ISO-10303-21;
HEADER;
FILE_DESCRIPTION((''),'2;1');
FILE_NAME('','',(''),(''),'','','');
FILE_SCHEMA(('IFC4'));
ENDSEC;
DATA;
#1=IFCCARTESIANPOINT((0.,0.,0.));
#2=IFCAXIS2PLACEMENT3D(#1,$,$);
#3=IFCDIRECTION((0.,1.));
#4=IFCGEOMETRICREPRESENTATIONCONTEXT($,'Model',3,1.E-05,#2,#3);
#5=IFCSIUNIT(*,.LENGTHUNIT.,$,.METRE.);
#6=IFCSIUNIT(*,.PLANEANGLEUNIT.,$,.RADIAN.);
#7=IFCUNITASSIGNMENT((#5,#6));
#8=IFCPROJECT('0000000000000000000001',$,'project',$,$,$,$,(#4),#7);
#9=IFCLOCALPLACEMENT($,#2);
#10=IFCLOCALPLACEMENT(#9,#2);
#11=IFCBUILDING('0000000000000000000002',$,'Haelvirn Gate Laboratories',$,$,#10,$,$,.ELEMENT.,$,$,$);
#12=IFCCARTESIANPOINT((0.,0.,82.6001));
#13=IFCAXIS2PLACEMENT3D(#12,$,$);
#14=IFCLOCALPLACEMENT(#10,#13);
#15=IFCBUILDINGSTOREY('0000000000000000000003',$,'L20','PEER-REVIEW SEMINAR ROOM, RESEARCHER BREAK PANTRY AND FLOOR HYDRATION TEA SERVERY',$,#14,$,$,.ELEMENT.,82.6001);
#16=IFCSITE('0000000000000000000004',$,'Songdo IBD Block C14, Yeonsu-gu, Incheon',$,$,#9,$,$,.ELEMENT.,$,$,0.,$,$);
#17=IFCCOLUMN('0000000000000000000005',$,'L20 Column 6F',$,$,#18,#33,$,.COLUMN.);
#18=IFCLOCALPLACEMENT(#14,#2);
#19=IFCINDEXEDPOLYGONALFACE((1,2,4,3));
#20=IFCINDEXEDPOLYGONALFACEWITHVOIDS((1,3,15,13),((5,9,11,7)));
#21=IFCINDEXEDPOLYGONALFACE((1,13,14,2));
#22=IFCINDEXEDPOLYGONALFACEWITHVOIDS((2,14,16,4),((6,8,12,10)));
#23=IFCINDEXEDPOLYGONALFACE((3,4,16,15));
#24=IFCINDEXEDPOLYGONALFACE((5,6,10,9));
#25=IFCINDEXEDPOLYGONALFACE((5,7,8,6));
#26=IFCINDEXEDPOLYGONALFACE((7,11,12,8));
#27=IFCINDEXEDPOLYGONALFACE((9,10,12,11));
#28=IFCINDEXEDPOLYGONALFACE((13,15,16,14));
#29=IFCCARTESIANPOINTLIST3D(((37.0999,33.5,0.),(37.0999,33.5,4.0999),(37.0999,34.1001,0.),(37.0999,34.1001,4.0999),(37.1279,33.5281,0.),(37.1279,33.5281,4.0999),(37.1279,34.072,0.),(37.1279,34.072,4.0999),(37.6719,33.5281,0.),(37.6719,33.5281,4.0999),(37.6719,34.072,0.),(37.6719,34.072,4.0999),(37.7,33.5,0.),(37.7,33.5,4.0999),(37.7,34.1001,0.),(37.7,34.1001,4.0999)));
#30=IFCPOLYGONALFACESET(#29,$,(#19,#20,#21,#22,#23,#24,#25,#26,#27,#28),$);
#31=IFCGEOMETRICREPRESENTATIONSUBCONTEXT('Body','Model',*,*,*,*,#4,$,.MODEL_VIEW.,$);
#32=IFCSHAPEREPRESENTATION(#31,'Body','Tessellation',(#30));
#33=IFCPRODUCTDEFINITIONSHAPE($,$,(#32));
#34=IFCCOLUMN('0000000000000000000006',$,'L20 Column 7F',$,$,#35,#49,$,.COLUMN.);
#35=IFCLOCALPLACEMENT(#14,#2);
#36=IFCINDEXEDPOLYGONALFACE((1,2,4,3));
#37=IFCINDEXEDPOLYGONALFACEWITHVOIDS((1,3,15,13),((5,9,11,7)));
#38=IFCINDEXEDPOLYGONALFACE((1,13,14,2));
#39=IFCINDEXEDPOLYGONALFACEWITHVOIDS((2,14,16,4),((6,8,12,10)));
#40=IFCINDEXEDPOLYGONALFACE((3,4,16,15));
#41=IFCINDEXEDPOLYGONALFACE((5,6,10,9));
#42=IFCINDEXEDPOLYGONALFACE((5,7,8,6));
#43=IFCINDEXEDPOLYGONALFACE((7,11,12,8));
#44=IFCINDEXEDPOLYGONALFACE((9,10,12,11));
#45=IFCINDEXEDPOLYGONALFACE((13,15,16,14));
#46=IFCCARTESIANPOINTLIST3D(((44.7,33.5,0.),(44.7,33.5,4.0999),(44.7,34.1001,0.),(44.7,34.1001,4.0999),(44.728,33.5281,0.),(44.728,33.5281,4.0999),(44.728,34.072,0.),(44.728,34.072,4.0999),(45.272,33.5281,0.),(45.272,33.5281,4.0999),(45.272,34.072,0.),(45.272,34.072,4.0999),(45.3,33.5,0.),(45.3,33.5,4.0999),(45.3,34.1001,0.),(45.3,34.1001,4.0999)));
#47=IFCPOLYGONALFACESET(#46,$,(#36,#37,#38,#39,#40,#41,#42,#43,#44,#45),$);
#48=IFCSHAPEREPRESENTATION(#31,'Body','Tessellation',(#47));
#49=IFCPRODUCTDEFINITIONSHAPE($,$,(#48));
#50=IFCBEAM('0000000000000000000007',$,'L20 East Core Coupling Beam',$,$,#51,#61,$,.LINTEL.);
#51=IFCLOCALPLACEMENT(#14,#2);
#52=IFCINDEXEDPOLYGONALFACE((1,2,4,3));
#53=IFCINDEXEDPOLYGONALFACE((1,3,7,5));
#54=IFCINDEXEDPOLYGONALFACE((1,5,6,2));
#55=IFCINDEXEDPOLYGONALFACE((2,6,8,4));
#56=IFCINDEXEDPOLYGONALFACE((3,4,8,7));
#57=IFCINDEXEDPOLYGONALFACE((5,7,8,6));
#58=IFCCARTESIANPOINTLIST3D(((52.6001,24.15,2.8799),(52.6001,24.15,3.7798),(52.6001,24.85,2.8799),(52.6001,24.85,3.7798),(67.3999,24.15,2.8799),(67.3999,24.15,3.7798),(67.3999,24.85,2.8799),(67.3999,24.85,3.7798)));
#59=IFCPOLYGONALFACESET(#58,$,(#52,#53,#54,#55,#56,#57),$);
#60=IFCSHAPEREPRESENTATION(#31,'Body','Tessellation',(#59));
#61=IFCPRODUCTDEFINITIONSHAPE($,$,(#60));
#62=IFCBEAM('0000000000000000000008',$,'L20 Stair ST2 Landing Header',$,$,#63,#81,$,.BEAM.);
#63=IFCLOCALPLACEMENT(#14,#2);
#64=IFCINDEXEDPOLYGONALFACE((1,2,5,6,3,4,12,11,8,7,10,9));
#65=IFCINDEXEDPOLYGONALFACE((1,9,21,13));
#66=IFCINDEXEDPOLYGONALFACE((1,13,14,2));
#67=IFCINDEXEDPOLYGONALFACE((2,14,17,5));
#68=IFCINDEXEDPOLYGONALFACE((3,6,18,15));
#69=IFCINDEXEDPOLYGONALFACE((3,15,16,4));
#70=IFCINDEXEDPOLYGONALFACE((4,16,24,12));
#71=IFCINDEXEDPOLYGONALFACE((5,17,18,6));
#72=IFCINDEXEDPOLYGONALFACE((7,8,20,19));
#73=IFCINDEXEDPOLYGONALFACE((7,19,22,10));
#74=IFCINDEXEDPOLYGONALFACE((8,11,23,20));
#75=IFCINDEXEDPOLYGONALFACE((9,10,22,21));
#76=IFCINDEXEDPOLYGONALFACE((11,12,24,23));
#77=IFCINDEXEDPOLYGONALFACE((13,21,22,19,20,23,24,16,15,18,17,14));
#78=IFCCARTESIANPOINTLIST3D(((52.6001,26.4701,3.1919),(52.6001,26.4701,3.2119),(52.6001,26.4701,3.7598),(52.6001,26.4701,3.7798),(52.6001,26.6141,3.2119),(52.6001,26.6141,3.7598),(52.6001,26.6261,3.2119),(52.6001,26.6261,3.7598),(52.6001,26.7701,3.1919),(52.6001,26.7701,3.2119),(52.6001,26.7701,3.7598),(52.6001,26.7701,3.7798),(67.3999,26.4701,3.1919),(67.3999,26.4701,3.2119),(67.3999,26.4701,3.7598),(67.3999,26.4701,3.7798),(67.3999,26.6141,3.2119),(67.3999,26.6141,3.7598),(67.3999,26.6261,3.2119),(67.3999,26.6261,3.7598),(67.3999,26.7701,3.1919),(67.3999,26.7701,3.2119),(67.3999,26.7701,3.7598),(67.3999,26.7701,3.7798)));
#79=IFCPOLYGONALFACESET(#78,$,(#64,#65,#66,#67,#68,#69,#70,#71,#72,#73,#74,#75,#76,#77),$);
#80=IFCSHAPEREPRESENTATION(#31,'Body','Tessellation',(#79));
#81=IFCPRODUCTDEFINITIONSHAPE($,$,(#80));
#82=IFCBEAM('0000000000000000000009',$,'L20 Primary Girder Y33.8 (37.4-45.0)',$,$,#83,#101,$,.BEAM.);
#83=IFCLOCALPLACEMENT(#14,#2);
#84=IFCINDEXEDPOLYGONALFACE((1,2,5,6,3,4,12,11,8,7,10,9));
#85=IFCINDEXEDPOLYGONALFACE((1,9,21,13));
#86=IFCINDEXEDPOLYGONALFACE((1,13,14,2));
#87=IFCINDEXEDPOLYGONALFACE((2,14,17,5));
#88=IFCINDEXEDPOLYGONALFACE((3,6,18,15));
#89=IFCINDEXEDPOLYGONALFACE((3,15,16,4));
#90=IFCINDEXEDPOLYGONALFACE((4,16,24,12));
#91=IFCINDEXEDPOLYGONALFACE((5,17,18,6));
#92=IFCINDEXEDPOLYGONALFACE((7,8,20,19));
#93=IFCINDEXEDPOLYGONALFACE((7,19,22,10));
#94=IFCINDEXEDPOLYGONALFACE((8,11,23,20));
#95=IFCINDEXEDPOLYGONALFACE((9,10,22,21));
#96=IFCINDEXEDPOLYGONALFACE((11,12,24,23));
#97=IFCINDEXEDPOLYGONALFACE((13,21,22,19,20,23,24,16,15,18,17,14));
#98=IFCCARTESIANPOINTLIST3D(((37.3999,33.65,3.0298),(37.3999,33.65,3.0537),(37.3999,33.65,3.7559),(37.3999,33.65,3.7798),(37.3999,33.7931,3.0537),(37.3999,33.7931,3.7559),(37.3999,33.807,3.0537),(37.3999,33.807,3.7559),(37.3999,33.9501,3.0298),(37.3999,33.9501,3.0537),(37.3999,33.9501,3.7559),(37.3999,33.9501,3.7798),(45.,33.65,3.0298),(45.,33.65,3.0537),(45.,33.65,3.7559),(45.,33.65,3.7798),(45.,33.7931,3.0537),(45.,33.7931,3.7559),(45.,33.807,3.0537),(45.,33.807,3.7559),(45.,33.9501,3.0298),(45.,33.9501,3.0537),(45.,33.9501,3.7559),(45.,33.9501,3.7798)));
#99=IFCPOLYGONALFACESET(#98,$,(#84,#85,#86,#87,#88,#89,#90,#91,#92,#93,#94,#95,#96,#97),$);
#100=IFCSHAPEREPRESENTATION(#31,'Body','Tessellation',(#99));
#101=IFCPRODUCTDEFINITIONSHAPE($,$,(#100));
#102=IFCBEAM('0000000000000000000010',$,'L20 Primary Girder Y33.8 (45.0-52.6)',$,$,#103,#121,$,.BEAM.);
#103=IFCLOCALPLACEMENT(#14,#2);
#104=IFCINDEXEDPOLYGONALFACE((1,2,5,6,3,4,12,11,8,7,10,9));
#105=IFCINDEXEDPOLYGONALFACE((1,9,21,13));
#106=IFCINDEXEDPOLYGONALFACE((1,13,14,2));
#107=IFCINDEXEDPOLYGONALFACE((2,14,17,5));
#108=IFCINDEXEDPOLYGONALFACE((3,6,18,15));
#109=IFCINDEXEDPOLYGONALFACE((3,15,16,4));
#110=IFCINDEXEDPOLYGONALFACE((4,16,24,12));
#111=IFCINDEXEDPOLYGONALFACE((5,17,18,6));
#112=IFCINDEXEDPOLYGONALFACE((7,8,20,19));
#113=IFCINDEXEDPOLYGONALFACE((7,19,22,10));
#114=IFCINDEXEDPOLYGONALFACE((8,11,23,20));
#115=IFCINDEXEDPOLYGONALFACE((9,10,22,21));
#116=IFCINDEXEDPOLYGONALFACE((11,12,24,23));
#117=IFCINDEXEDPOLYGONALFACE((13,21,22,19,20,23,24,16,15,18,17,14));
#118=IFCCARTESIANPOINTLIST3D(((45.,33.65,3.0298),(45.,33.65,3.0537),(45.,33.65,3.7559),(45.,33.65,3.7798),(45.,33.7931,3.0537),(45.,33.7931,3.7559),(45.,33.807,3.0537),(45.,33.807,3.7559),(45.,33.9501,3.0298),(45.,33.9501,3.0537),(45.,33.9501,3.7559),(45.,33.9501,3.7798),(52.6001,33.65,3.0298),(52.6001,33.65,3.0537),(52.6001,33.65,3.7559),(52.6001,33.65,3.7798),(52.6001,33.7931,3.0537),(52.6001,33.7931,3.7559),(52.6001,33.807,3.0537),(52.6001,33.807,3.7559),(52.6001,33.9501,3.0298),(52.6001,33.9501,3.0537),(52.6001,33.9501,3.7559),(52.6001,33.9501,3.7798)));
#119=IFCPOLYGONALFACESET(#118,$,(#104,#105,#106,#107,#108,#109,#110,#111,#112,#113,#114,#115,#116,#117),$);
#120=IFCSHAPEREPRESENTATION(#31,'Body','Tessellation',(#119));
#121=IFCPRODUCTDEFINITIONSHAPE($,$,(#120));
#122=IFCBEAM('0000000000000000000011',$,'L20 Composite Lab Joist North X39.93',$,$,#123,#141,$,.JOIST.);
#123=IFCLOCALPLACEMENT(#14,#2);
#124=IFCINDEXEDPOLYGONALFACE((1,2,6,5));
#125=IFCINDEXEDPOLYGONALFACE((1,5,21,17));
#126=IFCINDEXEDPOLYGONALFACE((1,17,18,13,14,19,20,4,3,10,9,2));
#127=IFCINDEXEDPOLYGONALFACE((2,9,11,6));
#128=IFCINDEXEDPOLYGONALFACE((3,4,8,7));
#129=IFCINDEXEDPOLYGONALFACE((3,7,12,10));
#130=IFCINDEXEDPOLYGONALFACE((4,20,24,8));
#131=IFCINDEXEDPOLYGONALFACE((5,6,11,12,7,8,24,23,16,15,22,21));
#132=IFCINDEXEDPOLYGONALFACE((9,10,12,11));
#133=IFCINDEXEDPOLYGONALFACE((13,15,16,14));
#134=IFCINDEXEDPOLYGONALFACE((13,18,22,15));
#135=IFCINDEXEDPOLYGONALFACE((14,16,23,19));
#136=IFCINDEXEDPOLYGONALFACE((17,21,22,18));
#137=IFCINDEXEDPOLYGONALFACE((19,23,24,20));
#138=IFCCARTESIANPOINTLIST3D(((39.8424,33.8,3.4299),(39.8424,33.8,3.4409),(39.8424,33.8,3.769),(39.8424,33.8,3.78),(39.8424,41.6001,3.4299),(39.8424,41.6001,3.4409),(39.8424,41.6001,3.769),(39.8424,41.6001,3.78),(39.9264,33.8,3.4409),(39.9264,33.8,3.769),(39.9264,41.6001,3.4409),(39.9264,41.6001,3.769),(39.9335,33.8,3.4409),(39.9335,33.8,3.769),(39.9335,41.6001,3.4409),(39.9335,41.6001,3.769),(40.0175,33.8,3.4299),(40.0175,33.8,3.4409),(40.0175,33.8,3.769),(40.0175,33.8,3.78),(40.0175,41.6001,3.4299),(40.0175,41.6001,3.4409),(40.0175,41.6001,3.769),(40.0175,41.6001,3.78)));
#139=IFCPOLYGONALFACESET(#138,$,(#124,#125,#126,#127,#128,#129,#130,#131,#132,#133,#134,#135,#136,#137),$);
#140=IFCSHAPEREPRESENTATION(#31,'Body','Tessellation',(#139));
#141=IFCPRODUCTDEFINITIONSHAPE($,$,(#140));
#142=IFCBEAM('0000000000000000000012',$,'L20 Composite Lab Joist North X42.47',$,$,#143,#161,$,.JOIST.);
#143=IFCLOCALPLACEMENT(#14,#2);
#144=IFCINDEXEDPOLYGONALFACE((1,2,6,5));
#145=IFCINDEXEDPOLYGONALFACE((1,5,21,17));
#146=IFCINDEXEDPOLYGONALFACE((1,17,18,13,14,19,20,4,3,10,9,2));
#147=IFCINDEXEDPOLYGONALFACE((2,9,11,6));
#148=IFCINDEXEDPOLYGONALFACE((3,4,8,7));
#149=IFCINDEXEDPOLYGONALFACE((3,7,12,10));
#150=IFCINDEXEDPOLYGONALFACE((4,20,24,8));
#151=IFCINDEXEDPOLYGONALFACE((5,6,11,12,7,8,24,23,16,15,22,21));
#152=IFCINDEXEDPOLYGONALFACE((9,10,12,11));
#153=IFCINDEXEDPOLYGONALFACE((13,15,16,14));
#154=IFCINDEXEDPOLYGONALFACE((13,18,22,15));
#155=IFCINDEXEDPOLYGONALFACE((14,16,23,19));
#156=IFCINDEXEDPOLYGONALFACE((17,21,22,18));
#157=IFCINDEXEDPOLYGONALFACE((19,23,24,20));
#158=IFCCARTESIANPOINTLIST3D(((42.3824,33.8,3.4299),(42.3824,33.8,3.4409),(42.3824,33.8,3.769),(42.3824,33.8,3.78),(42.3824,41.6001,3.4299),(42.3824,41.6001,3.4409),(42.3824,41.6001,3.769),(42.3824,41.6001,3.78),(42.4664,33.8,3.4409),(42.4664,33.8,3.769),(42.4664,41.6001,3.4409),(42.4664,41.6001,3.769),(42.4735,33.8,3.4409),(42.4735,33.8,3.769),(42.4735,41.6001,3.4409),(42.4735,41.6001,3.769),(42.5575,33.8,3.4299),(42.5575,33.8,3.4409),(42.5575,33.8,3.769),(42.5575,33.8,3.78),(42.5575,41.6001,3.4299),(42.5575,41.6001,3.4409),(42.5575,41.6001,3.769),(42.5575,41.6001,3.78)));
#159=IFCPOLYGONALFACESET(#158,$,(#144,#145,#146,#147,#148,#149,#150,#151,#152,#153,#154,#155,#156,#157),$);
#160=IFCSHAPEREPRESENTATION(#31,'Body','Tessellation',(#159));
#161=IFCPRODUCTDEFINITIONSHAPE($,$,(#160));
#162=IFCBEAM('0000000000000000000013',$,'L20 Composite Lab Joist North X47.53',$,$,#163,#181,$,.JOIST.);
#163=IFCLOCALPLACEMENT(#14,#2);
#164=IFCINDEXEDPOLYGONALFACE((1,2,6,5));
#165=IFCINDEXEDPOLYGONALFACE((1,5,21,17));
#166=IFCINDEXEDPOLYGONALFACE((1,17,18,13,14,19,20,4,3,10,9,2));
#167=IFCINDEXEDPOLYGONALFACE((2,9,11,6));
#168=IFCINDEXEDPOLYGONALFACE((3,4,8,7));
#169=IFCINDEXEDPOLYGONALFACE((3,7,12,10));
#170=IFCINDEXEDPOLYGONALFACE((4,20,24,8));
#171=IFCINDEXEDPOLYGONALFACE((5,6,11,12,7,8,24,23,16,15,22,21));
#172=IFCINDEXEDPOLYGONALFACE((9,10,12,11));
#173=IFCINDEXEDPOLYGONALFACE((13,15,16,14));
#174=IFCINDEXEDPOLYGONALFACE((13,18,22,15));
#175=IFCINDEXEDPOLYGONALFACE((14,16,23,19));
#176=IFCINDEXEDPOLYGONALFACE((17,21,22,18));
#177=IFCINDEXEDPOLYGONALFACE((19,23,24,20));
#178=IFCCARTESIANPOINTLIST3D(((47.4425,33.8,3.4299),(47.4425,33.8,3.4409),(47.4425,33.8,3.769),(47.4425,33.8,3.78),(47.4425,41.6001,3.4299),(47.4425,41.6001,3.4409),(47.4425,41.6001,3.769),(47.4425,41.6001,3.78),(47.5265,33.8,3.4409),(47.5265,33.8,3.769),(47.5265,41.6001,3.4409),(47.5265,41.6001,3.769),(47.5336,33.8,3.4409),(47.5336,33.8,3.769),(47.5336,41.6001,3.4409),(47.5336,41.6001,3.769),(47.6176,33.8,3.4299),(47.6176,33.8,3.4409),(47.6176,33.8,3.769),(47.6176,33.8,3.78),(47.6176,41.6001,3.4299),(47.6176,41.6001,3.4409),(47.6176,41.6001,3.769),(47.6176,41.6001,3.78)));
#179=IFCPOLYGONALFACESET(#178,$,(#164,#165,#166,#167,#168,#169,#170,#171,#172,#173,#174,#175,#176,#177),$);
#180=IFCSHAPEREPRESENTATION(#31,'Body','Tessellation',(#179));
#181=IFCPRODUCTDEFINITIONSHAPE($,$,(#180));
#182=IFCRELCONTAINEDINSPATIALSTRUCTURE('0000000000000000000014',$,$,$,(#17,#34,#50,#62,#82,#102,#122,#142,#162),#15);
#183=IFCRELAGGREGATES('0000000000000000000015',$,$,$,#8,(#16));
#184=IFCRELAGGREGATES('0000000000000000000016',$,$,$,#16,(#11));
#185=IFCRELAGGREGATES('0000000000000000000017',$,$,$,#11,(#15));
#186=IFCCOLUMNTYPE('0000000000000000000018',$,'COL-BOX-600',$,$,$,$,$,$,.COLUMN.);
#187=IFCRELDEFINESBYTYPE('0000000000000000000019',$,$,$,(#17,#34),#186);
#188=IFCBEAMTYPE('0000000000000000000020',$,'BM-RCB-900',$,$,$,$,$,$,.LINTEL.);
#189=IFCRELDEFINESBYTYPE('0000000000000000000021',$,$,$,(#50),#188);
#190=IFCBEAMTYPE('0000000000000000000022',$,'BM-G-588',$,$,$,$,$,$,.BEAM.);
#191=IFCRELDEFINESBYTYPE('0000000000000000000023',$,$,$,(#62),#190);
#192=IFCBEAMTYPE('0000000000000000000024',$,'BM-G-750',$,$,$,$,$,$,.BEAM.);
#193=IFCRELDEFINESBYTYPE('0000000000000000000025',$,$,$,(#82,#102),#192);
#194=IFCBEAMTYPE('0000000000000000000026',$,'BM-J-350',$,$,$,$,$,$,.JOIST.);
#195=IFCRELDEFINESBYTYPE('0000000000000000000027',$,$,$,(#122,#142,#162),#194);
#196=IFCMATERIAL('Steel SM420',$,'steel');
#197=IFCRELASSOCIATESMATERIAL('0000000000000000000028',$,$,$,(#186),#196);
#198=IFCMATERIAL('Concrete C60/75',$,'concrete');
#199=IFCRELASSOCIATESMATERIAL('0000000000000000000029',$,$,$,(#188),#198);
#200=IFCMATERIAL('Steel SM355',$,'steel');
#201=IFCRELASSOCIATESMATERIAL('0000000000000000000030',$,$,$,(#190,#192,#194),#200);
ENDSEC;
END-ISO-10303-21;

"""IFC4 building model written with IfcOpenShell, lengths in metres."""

from ifc_helpers import new_model, si_unit, direction, frame, origin, origin_2d, place, context, subcontext, project, spatial, rectangle, hollow_rectangle, i_section, extrude, source, transform, mapped, material, material_profile, profile_set, type_object, type_shapes, element, save


model = new_model("IFC4")

# Units and contexts
model_context = context("Model", 3, precision=1e-05, world=origin(), true_north=direction((0.0, 1.0)))
body_context = subcontext(model_context, "Body", "Model", "MODEL_VIEW")
ifc_project = project(units=[si_unit("LENGTHUNIT", "METRE"), si_unit("PLANEANGLEUNIT", "RADIAN")], contexts=[model_context])

# Site, building, storey
site_placement = place(None, origin())
site = spatial("IfcSite", under=ifc_project, at=site_placement, Name="Songdo IBD Block C14, Yeonsu-gu, Incheon", CompositionType="ELEMENT", RefElevation=0.0)
building_placement = place(site_placement, origin())
building = spatial("IfcBuilding", under=site, at=building_placement, Name="Haelvirn Gate Laboratories", CompositionType="ELEMENT")
storey_placement = place(building_placement, frame((0.0, 0.0, 82.6001)))
storey = spatial("IfcBuildingStorey", under=building, at=storey_placement, Name="L20", Description="PEER-REVIEW SEMINAR ROOM, RESEARCHER BREAK PANTRY AND FLOOR HYDRATION TEA SERVERY", CompositionType="ELEMENT", Elevation=82.6001)

# Columns
ifc_material_1 = material(Name="Steel SM420", Category="steel")
ifc_material_profile_1 = material_profile(ifc_material_1, hollow_rectangle(XDim=0.6001, YDim=0.6001, WallThickness=0.0281, at=origin_2d()), Name="BOX-600x600x28")
ifc_profile_set_1 = profile_set([ifc_material_profile_1], Name="Steel SM420")
column_type = type_object("IfcColumnType", Name="COL-BOX-600", PredefinedType="COLUMN", material=ifc_profile_set_1)
shared_shape_1 = source(origin(), body_context, "Body", "SweptSolid", [
    extrude(hollow_rectangle(XDim=0.6001, YDim=0.6001, WallThickness=0.0281, at=origin_2d()), origin(), (0.0, 0.0, 1.0), 4.0999),
])
type_shapes(column_type, [shared_shape_1])
for number, where, z_axis, x_axis, name in (
    (1, (37.3999, 33.8, 0.0), (0.0, 0.0, 1.0), (1.0, 0.0, 0.0), "L20 Column 6F"),
    (2, (45.0, 33.8, 0.0), (0.0, 0.0, 1.0), (1.0, 0.0, 0.0), "L20 Column 7F"),
):
    element("IfcColumn", number, at=place(storey_placement, frame(where, z_axis=z_axis, x_axis=x_axis)), inside=storey, type_object=column_type, Name=name, PredefinedType="COLUMN", context=body_context, shape_type="MappedRepresentation", body=[
        mapped(shared_shape_1, transform((0.0, 0.0, 0.0), scale=1.0)),
    ])

# Beams
ifc_material_2 = material(Name="Concrete C60/75", Category="concrete")
ifc_material_profile_2 = material_profile(ifc_material_2, rectangle(XDim=0.7, YDim=0.8999, at=origin_2d()), Name="RCB-700x900")
ifc_profile_set_2 = profile_set([ifc_material_profile_2], Name="Concrete C60/75")
beam_type_1 = type_object("IfcBeamType", Name="BM-RCB-900", PredefinedType="LINTEL", material=ifc_profile_set_2)
shared_shape_2 = source(origin(), body_context, "Body", "SweptSolid", [
    extrude(rectangle(XDim=0.7, YDim=0.8999, at=origin_2d()), origin(), (0.0, 0.0, 1.0), 14.7998),
])
type_shapes(beam_type_1, [shared_shape_2])
beam_1_placement = place(storey_placement, frame((52.6001, 24.5, 3.3298), z_axis=(1.0, 0.0, 0.0), x_axis=(0.0, 1.0, 0.0)))
element("IfcBeam", 3, at=beam_1_placement, inside=storey, type_object=beam_type_1, Name="L20 East Core Coupling Beam", PredefinedType="LINTEL", context=body_context, shape_type="MappedRepresentation", body=[
    mapped(shared_shape_2, transform((0.0, 0.0, 0.0), scale=1.0)),
])
ifc_material_3 = material(Name="Steel SM355", Category="steel")
ifc_material_profile_3 = material_profile(ifc_material_3, i_section(OverallWidth=0.3, OverallDepth=0.5879, WebThickness=0.012, FlangeThickness=0.02, at=origin_2d()), Name="H-588x300x12x20")
ifc_profile_set_3 = profile_set([ifc_material_profile_3], Name="Steel SM355")
beam_type_2 = type_object("IfcBeamType", Name="BM-G-588", PredefinedType="BEAM", material=ifc_profile_set_3)
shared_shape_3 = source(origin(), body_context, "Body", "SweptSolid", [
    extrude(i_section(OverallWidth=0.3, OverallDepth=0.5879, WebThickness=0.012, FlangeThickness=0.02, at=origin_2d()), origin(), (0.0, 0.0, 1.0), 14.7998),
])
type_shapes(beam_type_2, [shared_shape_3])
beam_2_placement = place(storey_placement, frame((52.6001, 26.6201, 3.4858), z_axis=(1.0, 0.0, 0.0), x_axis=(0.0, 1.0, 0.0)))
element("IfcBeam", 4, at=beam_2_placement, inside=storey, type_object=beam_type_2, Name="L20 Stair ST2 Landing Header", PredefinedType="BEAM", context=body_context, shape_type="MappedRepresentation", body=[
    mapped(shared_shape_3, transform((0.0, 0.0, 0.0), scale=1.0)),
])
ifc_material_profile_4 = material_profile(ifc_material_3, i_section(OverallWidth=0.3, OverallDepth=0.75, WebThickness=0.0139, FlangeThickness=0.0239, at=origin_2d()), Name="H-750x300x14x24")
ifc_profile_set_4 = profile_set([ifc_material_profile_4], Name="Steel SM355")
beam_type_3 = type_object("IfcBeamType", Name="BM-G-750", PredefinedType="BEAM", material=ifc_profile_set_4)
shared_shape_4 = source(origin(), body_context, "Body", "SweptSolid", [
    extrude(i_section(OverallWidth=0.3, OverallDepth=0.75, WebThickness=0.0139, FlangeThickness=0.0239, at=origin_2d()), origin(), (0.0, 0.0, 1.0), 7.6001),
])
type_shapes(beam_type_3, [shared_shape_4])
for number, where, z_axis, x_axis, name in (
    (5, (37.3999, 33.8, 3.4048), (1.0, 0.0, 0.0), (0.0, 1.0, 0.0), "L20 Primary Girder Y33.8 (37.4-45.0)"),
    (6, (45.0, 33.8, 3.4048), (1.0, 0.0, 0.0), (0.0, 1.0, 0.0), "L20 Primary Girder Y33.8 (45.0-52.6)"),
):
    element("IfcBeam", number, at=place(storey_placement, frame(where, z_axis=z_axis, x_axis=x_axis)), inside=storey, type_object=beam_type_3, Name=name, PredefinedType="BEAM", context=body_context, shape_type="MappedRepresentation", body=[
        mapped(shared_shape_4, transform((0.0, 0.0, 0.0), scale=1.0)),
    ])
ifc_material_profile_5 = material_profile(ifc_material_3, i_section(OverallWidth=0.175, OverallDepth=0.3501, WebThickness=0.0071, FlangeThickness=0.011, at=origin_2d()), Name="H-350x175x7x11")
ifc_profile_set_5 = profile_set([ifc_material_profile_5], Name="Steel SM355")
beam_type_4 = type_object("IfcBeamType", Name="BM-J-350", PredefinedType="JOIST", material=ifc_profile_set_5)
shared_shape_5 = source(origin(), body_context, "Body", "SweptSolid", [
    extrude(i_section(OverallWidth=0.175, OverallDepth=0.3501, WebThickness=0.0071, FlangeThickness=0.011, at=origin_2d()), origin(), (0.0, 0.0, 1.0), 7.8),
])
type_shapes(beam_type_4, [shared_shape_5])
for number, where, z_axis, x_axis, name in (
    (7, (39.9299, 33.8, 3.605), (0.0, 1.0, 0.0), (-1.0, 0.0, 0.0), "L20 Composite Lab Joist North X39.93"),
    (8, (42.47, 33.8, 3.605), (0.0, 1.0, 0.0), (-1.0, 0.0, 0.0), "L20 Composite Lab Joist North X42.47"),
    (9, (47.53, 33.8, 3.605), (0.0, 1.0, 0.0), (-1.0, 0.0, 0.0), "L20 Composite Lab Joist North X47.53"),
):
    element("IfcBeam", number, at=place(storey_placement, frame(where, z_axis=z_axis, x_axis=x_axis)), inside=storey, type_object=beam_type_4, Name=name, PredefinedType="JOIST", context=body_context, shape_type="MappedRepresentation", body=[
        mapped(shared_shape_5, transform((0.0, 0.0, 0.0), scale=1.0)),
    ])

save(model, "model.ifc")
